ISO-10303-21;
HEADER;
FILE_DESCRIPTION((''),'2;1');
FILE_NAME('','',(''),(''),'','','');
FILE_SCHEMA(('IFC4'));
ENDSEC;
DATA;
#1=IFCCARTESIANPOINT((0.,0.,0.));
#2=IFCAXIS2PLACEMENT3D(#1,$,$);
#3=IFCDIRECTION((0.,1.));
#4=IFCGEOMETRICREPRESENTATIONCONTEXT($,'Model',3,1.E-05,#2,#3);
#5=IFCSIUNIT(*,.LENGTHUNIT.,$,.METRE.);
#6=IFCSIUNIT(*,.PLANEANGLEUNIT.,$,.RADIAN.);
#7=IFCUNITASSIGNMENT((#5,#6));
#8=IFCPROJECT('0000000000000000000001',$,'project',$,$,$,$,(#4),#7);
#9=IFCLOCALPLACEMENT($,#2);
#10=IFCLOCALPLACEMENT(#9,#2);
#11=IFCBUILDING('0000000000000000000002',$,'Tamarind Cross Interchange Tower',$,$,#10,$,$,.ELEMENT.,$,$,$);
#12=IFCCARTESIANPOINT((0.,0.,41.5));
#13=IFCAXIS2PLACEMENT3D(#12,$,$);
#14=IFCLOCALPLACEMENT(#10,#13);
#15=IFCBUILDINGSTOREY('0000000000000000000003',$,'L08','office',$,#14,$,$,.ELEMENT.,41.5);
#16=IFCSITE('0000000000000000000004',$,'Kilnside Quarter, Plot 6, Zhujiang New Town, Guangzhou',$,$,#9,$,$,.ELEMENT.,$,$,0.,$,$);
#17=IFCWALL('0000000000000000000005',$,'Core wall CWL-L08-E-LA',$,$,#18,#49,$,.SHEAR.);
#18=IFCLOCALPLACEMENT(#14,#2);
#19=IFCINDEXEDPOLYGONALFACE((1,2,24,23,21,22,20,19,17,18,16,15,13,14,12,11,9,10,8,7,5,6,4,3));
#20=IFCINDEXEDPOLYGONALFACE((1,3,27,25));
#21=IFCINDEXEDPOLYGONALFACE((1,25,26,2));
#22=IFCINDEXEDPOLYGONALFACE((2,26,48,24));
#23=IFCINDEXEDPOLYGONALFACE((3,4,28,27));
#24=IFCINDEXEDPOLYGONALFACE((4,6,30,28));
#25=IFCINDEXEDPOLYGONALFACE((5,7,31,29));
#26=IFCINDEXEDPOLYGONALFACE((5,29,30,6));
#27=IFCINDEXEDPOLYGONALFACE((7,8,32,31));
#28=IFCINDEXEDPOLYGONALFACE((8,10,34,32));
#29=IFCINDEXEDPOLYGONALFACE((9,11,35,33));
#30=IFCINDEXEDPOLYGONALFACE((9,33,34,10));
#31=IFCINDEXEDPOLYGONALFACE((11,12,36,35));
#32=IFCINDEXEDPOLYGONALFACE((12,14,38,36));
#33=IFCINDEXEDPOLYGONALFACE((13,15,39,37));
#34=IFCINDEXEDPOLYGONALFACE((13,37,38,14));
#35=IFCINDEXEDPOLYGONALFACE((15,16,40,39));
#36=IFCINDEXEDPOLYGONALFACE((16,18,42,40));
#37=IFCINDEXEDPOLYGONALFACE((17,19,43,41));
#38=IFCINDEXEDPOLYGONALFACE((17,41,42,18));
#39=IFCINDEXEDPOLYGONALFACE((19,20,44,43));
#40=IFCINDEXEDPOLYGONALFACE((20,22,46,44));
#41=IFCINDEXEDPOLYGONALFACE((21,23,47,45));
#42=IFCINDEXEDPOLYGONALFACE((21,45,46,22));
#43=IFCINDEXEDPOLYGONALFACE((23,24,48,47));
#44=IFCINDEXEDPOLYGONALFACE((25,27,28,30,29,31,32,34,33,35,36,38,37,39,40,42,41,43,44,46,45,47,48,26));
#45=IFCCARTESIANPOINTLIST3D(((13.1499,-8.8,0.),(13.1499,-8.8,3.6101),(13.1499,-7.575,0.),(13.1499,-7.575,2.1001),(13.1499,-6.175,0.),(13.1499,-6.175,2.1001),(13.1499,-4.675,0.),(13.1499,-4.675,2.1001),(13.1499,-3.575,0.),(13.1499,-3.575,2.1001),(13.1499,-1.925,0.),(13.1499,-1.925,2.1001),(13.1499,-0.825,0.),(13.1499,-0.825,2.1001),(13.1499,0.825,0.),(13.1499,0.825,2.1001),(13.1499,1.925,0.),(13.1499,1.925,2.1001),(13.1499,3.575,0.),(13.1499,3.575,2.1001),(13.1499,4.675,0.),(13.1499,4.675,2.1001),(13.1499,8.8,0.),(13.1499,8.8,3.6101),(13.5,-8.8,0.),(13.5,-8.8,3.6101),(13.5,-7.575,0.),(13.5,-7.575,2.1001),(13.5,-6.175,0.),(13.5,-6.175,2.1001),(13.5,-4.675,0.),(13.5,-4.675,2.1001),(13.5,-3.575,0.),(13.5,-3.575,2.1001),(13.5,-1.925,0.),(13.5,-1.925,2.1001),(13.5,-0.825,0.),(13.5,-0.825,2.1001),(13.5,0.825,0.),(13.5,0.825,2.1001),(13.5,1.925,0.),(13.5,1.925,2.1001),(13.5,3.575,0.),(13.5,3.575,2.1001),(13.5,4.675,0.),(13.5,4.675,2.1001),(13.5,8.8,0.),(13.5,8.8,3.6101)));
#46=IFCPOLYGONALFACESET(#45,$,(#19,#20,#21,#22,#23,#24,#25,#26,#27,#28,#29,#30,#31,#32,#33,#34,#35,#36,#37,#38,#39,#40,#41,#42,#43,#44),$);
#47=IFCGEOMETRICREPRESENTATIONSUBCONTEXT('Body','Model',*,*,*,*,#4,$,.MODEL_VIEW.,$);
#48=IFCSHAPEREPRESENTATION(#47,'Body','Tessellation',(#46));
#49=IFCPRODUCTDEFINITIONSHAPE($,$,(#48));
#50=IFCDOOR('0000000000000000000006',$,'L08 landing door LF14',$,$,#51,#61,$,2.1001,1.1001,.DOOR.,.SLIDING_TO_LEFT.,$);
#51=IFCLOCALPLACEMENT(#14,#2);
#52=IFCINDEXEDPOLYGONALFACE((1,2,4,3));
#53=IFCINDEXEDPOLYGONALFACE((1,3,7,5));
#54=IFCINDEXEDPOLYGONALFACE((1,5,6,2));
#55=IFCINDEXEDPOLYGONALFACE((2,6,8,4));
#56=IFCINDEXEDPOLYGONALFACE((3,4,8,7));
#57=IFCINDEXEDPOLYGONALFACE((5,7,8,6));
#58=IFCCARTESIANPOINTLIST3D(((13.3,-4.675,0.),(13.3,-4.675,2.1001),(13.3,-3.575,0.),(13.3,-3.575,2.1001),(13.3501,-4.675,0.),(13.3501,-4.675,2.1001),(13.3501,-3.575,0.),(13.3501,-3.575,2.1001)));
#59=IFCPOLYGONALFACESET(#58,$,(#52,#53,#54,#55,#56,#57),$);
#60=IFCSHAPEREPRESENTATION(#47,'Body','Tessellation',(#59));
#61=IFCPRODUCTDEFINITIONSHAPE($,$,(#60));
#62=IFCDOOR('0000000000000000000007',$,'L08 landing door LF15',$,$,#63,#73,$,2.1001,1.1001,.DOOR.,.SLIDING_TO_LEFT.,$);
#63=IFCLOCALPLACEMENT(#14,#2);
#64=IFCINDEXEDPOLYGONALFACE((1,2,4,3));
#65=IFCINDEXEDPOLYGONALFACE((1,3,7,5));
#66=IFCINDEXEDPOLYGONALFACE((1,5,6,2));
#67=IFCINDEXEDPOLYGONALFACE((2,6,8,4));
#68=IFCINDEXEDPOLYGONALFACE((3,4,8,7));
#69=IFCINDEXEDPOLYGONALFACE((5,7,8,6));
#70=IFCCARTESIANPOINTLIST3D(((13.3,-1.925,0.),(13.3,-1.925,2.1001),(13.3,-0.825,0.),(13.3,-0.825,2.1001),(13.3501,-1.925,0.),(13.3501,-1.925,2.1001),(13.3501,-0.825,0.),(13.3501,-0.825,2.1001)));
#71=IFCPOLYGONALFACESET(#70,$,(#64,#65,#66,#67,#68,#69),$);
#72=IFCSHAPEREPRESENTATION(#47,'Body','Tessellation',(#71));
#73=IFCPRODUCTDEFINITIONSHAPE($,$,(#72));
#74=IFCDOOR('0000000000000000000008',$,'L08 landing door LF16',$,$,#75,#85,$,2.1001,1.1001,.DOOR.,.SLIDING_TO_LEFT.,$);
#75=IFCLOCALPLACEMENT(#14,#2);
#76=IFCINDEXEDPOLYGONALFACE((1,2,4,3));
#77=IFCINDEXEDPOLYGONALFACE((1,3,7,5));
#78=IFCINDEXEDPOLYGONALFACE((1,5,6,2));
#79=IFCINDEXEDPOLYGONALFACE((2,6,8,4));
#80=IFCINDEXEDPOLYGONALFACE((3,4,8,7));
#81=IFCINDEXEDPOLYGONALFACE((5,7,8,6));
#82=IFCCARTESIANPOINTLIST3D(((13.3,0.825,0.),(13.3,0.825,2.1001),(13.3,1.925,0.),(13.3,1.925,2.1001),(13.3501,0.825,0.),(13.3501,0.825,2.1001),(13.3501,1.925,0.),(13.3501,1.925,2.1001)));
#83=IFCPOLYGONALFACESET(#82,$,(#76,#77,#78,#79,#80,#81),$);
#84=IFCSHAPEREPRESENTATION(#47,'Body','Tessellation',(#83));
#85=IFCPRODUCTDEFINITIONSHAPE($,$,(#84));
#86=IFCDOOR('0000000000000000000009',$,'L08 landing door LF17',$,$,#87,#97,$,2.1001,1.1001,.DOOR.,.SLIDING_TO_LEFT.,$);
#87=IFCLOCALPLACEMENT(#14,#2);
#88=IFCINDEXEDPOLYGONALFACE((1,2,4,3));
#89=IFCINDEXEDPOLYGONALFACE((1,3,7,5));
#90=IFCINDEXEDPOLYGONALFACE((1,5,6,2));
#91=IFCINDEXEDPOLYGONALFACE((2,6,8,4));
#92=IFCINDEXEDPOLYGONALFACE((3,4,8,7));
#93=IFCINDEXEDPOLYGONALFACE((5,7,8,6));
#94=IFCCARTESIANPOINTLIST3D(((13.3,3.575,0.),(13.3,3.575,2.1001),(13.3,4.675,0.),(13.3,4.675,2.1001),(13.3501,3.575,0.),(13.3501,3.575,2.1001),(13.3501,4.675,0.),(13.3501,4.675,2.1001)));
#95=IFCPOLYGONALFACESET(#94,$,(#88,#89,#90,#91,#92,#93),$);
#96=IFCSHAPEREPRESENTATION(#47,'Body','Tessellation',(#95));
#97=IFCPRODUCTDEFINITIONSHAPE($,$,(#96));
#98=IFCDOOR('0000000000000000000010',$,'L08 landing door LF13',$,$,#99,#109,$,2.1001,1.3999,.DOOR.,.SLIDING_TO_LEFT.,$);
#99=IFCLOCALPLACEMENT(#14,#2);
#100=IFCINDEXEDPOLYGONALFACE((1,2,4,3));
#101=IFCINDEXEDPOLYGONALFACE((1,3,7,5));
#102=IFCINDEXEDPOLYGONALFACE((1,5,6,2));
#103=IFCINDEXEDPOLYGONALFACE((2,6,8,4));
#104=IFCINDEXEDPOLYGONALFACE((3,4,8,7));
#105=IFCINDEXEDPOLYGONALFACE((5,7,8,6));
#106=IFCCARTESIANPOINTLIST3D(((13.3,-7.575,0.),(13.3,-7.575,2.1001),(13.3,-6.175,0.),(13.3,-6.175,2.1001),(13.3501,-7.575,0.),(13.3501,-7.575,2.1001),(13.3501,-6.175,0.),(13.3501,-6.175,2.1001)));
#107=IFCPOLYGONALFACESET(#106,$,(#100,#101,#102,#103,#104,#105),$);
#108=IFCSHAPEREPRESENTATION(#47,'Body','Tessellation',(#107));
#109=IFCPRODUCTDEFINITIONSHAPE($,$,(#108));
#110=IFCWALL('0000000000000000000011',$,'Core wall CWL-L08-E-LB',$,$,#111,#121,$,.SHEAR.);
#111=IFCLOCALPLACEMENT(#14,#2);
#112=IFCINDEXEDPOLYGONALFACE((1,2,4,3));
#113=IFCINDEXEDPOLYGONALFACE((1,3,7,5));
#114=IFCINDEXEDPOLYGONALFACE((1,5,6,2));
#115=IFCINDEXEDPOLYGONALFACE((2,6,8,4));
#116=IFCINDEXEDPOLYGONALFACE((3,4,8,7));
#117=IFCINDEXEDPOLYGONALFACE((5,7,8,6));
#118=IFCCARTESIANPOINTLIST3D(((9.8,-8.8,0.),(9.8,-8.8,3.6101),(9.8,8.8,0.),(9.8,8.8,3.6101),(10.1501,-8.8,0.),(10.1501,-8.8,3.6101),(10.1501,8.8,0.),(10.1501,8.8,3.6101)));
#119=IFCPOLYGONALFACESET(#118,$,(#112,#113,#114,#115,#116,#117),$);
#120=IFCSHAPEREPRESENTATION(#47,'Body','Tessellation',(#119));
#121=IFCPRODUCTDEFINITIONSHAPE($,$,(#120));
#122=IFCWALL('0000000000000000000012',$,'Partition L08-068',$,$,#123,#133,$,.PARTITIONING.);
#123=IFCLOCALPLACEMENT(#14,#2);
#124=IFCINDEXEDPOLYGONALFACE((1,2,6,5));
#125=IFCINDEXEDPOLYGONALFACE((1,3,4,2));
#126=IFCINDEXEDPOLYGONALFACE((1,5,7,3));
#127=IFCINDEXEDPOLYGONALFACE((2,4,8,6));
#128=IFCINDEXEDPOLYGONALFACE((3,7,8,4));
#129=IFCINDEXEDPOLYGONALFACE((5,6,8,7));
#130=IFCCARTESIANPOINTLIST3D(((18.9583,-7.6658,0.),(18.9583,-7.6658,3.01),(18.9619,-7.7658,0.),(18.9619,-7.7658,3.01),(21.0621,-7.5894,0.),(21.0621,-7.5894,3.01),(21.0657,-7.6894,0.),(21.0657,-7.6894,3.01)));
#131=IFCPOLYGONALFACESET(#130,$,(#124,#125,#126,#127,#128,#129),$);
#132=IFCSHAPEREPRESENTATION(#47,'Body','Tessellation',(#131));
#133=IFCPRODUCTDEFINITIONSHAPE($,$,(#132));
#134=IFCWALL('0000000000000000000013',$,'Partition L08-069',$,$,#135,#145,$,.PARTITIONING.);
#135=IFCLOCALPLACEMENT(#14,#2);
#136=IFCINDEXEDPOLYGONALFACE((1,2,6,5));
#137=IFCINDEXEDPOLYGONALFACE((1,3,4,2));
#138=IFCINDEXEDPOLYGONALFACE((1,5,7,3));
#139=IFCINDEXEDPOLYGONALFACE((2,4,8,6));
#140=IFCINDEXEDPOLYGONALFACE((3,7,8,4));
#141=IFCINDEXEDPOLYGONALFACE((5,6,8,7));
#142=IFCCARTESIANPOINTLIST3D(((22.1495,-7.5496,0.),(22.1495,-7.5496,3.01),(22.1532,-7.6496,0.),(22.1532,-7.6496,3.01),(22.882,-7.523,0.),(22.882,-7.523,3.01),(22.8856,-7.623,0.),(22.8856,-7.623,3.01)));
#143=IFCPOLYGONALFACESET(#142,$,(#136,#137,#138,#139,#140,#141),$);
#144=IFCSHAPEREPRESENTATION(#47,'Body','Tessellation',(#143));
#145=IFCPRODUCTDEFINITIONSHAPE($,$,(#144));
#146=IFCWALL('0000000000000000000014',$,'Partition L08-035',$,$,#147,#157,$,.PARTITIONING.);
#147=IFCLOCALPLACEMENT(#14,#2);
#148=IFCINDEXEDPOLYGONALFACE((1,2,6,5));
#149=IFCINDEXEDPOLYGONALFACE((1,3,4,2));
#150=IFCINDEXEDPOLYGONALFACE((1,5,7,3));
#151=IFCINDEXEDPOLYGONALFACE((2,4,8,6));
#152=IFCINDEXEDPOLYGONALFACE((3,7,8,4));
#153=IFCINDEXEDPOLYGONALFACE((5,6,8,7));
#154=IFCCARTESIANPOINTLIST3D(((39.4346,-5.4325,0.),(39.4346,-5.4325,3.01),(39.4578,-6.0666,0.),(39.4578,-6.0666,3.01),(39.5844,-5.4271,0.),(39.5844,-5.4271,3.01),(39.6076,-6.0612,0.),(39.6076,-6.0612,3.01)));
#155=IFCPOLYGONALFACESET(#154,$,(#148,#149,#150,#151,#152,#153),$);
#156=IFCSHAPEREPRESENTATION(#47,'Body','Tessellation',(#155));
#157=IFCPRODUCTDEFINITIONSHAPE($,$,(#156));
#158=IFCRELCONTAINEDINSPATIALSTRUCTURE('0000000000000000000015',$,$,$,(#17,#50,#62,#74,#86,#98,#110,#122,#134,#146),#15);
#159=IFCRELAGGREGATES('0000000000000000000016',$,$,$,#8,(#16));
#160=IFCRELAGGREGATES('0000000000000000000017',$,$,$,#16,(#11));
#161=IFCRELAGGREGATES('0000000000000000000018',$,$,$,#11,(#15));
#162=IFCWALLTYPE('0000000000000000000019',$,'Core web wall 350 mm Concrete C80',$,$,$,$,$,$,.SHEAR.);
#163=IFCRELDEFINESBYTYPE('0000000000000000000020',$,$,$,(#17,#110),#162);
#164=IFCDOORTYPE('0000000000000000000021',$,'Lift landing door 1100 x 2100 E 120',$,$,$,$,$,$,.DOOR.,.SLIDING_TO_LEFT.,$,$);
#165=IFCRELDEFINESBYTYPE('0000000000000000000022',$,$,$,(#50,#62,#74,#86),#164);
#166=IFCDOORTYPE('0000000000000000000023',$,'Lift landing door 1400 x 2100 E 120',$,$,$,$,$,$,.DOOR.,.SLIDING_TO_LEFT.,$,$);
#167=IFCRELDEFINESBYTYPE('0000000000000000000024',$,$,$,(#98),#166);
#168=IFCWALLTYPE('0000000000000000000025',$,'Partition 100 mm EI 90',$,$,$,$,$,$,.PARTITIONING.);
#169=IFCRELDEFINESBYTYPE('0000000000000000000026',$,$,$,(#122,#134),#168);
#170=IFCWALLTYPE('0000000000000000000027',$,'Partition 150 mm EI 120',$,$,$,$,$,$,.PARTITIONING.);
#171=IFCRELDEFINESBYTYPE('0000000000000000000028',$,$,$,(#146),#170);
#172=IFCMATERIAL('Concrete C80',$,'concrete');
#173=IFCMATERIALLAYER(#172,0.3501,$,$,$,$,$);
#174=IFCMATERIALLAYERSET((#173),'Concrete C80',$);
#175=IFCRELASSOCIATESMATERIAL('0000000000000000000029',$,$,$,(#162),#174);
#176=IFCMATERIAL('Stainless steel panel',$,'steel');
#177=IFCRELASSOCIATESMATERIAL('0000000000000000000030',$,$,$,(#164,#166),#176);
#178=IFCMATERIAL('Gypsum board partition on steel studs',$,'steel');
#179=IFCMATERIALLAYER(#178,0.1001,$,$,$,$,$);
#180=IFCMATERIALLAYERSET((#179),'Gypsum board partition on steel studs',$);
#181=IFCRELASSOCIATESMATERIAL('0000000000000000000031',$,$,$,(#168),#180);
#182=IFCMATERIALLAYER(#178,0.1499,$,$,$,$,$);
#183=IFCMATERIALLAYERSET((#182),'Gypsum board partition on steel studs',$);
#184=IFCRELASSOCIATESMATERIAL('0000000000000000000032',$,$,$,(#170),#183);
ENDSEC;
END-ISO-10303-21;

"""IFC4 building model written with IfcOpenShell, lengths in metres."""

from ifc_helpers import new_model, si_unit, direction, frame, frame_2d, origin, place, context, subcontext, project, spatial, rectangle, extrude, material, layer, layer_set, type_object, element, fill, save


model = new_model("IFC4")

# Units and contexts
model_context = context("Model", 3, precision=1e-05, world=origin(), true_north=direction((0.0, 1.0)))
body_context = subcontext(model_context, "Body", "Model", "MODEL_VIEW")
ifc_project = project(units=[si_unit("LENGTHUNIT", "METRE"), si_unit("PLANEANGLEUNIT", "RADIAN")], contexts=[model_context])

# Site, building, storey
site_placement = place(None, origin())
site = spatial("IfcSite", under=ifc_project, at=site_placement, Name="Kilnside Quarter, Plot 6, Zhujiang New Town, Guangzhou", CompositionType="ELEMENT", RefElevation=0.0)
building_placement = place(site_placement, origin())
building = spatial("IfcBuilding", under=site, at=building_placement, Name="Tamarind Cross Interchange Tower", CompositionType="ELEMENT")
storey_placement = place(building_placement, frame((0.0, 0.0, 41.5)))
storey = spatial("IfcBuildingStorey", under=building, at=storey_placement, Name="L08", Description="office", CompositionType="ELEMENT", Elevation=41.5)

# Wall, openings, doors
ifc_material_1 = material(Name="Concrete C80", Category="concrete")
ifc_layer_1 = layer(ifc_material_1, 0.3501)
ifc_layer_set_1 = layer_set([ifc_layer_1], Name="Concrete C80")
wall_type_1 = type_object("IfcWallType", Name="Core web wall 350 mm Concrete C80", PredefinedType="SHEAR", material=ifc_layer_set_1)
wall_1_placement = place(storey_placement, frame((13.325, -8.8, 0.0), z_axis=(0.0, 0.0, 1.0), x_axis=(0.0, 1.0, 0.0)))
wall_1 = element("IfcWall", 1, at=wall_1_placement, inside=storey, type_object=wall_type_1, Name="Core wall CWL-L08-E-LA", PredefinedType="SHEAR", context=body_context, shape_type="SweptSolid", body=[
    extrude(rectangle(XDim=17.6001, YDim=0.3501, at=frame_2d((8.8, 0.0))), origin(), (0.0, 0.0, 1.0), 3.6101),
])
opening_1_placement = place(wall_1_placement, frame((1.2251, 0.0, 0.0)))
opening_1 = element("IfcOpeningElement", 2, at=opening_1_placement, cuts=wall_1, PredefinedType="OPENING", context=body_context, shape_type="SweptSolid", body=[
    extrude(rectangle(XDim=1.3999, YDim=2.1001, at=frame_2d((0.7, 1.05))), frame((0.0, 0.1851, 0.0), z_axis=(0.0, -1.0, 0.0), x_axis=(1.0, 0.0, 0.0)), (0.0, 0.0, 1.0), 0.3701),
])
opening_2_placement = place(wall_1_placement, frame((4.125, 0.0, 0.0)))
opening_2 = element("IfcOpeningElement", 3, at=opening_2_placement, cuts=wall_1, PredefinedType="OPENING", context=body_context, shape_type="SweptSolid", body=[
    extrude(rectangle(XDim=1.1001, YDim=2.1001, at=frame_2d((0.55, 1.05))), frame((0.0, 0.1851, 0.0), z_axis=(0.0, -1.0, 0.0), x_axis=(1.0, 0.0, 0.0)), (0.0, 0.0, 1.0), 0.3701),
])
opening_3_placement = place(wall_1_placement, frame((6.875, 0.0, 0.0)))
opening_3 = element("IfcOpeningElement", 4, at=opening_3_placement, cuts=wall_1, PredefinedType="OPENING", context=body_context, shape_type="SweptSolid", body=[
    extrude(rectangle(XDim=1.1001, YDim=2.1001, at=frame_2d((0.55, 1.05))), frame((0.0, 0.1851, 0.0), z_axis=(0.0, -1.0, 0.0), x_axis=(1.0, 0.0, 0.0)), (0.0, 0.0, 1.0), 0.3701),
])
opening_4_placement = place(wall_1_placement, frame((9.625, 0.0, 0.0)))
opening_4 = element("IfcOpeningElement", 5, at=opening_4_placement, cuts=wall_1, PredefinedType="OPENING", context=body_context, shape_type="SweptSolid", body=[
    extrude(rectangle(XDim=1.1001, YDim=2.1001, at=frame_2d((0.55, 1.05))), frame((0.0, 0.1851, 0.0), z_axis=(0.0, -1.0, 0.0), x_axis=(1.0, 0.0, 0.0)), (0.0, 0.0, 1.0), 0.3701),
])
opening_5_placement = place(wall_1_placement, frame((12.375, 0.0, 0.0)))
opening_5 = element("IfcOpeningElement", 6, at=opening_5_placement, cuts=wall_1, PredefinedType="OPENING", context=body_context, shape_type="SweptSolid", body=[
    extrude(rectangle(XDim=1.1001, YDim=2.1001, at=frame_2d((0.55, 1.05))), frame((0.0, 0.1851, 0.0), z_axis=(0.0, -1.0, 0.0), x_axis=(1.0, 0.0, 0.0)), (0.0, 0.0, 1.0), 0.3701),
])
ifc_material_2 = material(Name="Stainless steel panel", Category="steel")
door_type_1 = type_object("IfcDoorType", Name="Lift landing door 1100 x 2100 E 120", OperationType="SLIDING_TO_LEFT", PredefinedType="DOOR", material=ifc_material_2)
door_1_placement = place(opening_2_placement, origin())
door_1 = element("IfcDoor", 7, at=door_1_placement, inside=storey, type_object=door_type_1, Name="L08 landing door LF14", OperationType="SLIDING_TO_LEFT", OverallHeight=2.1001, OverallWidth=1.1001, PredefinedType="DOOR", context=body_context, shape_type="SweptSolid", body=[
    extrude(rectangle(XDim=1.1001, YDim=2.1001, at=frame_2d((0.55, 1.05))), frame((0.0, 0.0249, 0.0), z_axis=(0.0, -1.0, 0.0), x_axis=(1.0, 0.0, 0.0)), (0.0, 0.0, 1.0), 0.05),
])
fill(opening_2, door_1)
door_2_placement = place(opening_3_placement, origin())
door_2 = element("IfcDoor", 8, at=door_2_placement, inside=storey, type_object=door_type_1, Name="L08 landing door LF15", OperationType="SLIDING_TO_LEFT", OverallHeight=2.1001, OverallWidth=1.1001, PredefinedType="DOOR", context=body_context, shape_type="SweptSolid", body=[
    extrude(rectangle(XDim=1.1001, YDim=2.1001, at=frame_2d((0.55, 1.05))), frame((0.0, 0.0249, 0.0), z_axis=(0.0, -1.0, 0.0), x_axis=(1.0, 0.0, 0.0)), (0.0, 0.0, 1.0), 0.05),
])
fill(opening_3, door_2)
door_3_placement = place(opening_4_placement, origin())
door_3 = element("IfcDoor", 9, at=door_3_placement, inside=storey, type_object=door_type_1, Name="L08 landing door LF16", OperationType="SLIDING_TO_LEFT", OverallHeight=2.1001, OverallWidth=1.1001, PredefinedType="DOOR", context=body_context, shape_type="SweptSolid", body=[
    extrude(rectangle(XDim=1.1001, YDim=2.1001, at=frame_2d((0.55, 1.05))), frame((0.0, 0.0249, 0.0), z_axis=(0.0, -1.0, 0.0), x_axis=(1.0, 0.0, 0.0)), (0.0, 0.0, 1.0), 0.05),
])
fill(opening_4, door_3)
door_4_placement = place(opening_5_placement, origin())
door_4 = element("IfcDoor", 10, at=door_4_placement, inside=storey, type_object=door_type_1, Name="L08 landing door LF17", OperationType="SLIDING_TO_LEFT", OverallHeight=2.1001, OverallWidth=1.1001, PredefinedType="DOOR", context=body_context, shape_type="SweptSolid", body=[
    extrude(rectangle(XDim=1.1001, YDim=2.1001, at=frame_2d((0.55, 1.05))), frame((0.0, 0.0249, 0.0), z_axis=(0.0, -1.0, 0.0), x_axis=(1.0, 0.0, 0.0)), (0.0, 0.0, 1.0), 0.05),
])
fill(opening_5, door_4)
door_type_2 = type_object("IfcDoorType", Name="Lift landing door 1400 x 2100 E 120", OperationType="SLIDING_TO_LEFT", PredefinedType="DOOR", material=ifc_material_2)
door_5_placement = place(opening_1_placement, origin())
door_5 = element("IfcDoor", 11, at=door_5_placement, inside=storey, type_object=door_type_2, Name="L08 landing door LF13", OperationType="SLIDING_TO_LEFT", OverallHeight=2.1001, OverallWidth=1.3999, PredefinedType="DOOR", context=body_context, shape_type="SweptSolid", body=[
    extrude(rectangle(XDim=1.3999, YDim=2.1001, at=frame_2d((0.7, 1.05))), frame((0.0, 0.0249, 0.0), z_axis=(0.0, -1.0, 0.0), x_axis=(1.0, 0.0, 0.0)), (0.0, 0.0, 1.0), 0.05),
])
fill(opening_1, door_5)

# Walls
wall_2_placement = place(storey_placement, frame((9.9751, -8.8, 0.0), z_axis=(0.0, 0.0, 1.0), x_axis=(0.0, 1.0, 0.0)))
element("IfcWall", 12, at=wall_2_placement, inside=storey, type_object=wall_type_1, Name="Core wall CWL-L08-E-LB", PredefinedType="SHEAR", context=body_context, shape_type="SweptSolid", body=[
    extrude(rectangle(XDim=17.6001, YDim=0.3501, at=frame_2d((8.8, 0.0))), origin(), (0.0, 0.0, 1.0), 3.6101),
])
ifc_material_3 = material(Name="Gypsum board partition on steel studs", Category="steel")
ifc_layer_2 = layer(ifc_material_3, 0.1001)
ifc_layer_set_2 = layer_set([ifc_layer_2], Name="Gypsum board partition on steel studs")
wall_type_2 = type_object("IfcWallType", Name="Partition 100 mm EI 90", PredefinedType="PARTITIONING", material=ifc_layer_set_2)
wall_3_placement = place(storey_placement, frame((18.96, -7.7158, 0.0), z_axis=(0.0, 0.0, 1.0), x_axis=(0.999341, 0.0363, 0.0)))
element("IfcWall", 13, at=wall_3_placement, inside=storey, type_object=wall_type_2, Name="Partition L08-068", PredefinedType="PARTITIONING", context=body_context, shape_type="SweptSolid", body=[
    extrude(rectangle(XDim=2.1052, YDim=0.1001, at=frame_2d((1.0527, 0.0))), origin(), (0.0, 0.0, 1.0), 3.01),
])
wall_4_placement = place(storey_placement, frame((22.1514, -7.5996, 0.0), z_axis=(0.0, 0.0, 1.0), x_axis=(0.999341, 0.036309, 0.0)))
element("IfcWall", 14, at=wall_4_placement, inside=storey, type_object=wall_type_2, Name="Partition L08-069", PredefinedType="PARTITIONING", context=body_context, shape_type="SweptSolid", body=[
    extrude(rectangle(XDim=0.7329, YDim=0.1001, at=frame_2d((0.3665, 0.0))), origin(), (0.0, 0.0, 1.0), 3.01),
])
ifc_layer_3 = layer(ifc_material_3, 0.1499)
ifc_layer_set_3 = layer_set([ifc_layer_3], Name="Gypsum board partition on steel studs")
wall_type_3 = type_object("IfcWallType", Name="Partition 150 mm EI 120", PredefinedType="PARTITIONING", material=ifc_layer_set_3)
wall_5_placement = place(storey_placement, frame((39.5095, -5.4297, 0.0), z_axis=(0.0, 0.0, 1.0), x_axis=(0.036556, -0.999332, 0.0)))
element("IfcWall", 15, at=wall_5_placement, inside=storey, type_object=wall_type_3, Name="Partition L08-035", PredefinedType="PARTITIONING", context=body_context, shape_type="SweptSolid", body=[
    extrude(rectangle(XDim=0.6345, YDim=0.1499, at=frame_2d((0.3174, 0.0))), origin(), (0.0, 0.0, 1.0), 3.01),
])

save(model, "model.ifc")
